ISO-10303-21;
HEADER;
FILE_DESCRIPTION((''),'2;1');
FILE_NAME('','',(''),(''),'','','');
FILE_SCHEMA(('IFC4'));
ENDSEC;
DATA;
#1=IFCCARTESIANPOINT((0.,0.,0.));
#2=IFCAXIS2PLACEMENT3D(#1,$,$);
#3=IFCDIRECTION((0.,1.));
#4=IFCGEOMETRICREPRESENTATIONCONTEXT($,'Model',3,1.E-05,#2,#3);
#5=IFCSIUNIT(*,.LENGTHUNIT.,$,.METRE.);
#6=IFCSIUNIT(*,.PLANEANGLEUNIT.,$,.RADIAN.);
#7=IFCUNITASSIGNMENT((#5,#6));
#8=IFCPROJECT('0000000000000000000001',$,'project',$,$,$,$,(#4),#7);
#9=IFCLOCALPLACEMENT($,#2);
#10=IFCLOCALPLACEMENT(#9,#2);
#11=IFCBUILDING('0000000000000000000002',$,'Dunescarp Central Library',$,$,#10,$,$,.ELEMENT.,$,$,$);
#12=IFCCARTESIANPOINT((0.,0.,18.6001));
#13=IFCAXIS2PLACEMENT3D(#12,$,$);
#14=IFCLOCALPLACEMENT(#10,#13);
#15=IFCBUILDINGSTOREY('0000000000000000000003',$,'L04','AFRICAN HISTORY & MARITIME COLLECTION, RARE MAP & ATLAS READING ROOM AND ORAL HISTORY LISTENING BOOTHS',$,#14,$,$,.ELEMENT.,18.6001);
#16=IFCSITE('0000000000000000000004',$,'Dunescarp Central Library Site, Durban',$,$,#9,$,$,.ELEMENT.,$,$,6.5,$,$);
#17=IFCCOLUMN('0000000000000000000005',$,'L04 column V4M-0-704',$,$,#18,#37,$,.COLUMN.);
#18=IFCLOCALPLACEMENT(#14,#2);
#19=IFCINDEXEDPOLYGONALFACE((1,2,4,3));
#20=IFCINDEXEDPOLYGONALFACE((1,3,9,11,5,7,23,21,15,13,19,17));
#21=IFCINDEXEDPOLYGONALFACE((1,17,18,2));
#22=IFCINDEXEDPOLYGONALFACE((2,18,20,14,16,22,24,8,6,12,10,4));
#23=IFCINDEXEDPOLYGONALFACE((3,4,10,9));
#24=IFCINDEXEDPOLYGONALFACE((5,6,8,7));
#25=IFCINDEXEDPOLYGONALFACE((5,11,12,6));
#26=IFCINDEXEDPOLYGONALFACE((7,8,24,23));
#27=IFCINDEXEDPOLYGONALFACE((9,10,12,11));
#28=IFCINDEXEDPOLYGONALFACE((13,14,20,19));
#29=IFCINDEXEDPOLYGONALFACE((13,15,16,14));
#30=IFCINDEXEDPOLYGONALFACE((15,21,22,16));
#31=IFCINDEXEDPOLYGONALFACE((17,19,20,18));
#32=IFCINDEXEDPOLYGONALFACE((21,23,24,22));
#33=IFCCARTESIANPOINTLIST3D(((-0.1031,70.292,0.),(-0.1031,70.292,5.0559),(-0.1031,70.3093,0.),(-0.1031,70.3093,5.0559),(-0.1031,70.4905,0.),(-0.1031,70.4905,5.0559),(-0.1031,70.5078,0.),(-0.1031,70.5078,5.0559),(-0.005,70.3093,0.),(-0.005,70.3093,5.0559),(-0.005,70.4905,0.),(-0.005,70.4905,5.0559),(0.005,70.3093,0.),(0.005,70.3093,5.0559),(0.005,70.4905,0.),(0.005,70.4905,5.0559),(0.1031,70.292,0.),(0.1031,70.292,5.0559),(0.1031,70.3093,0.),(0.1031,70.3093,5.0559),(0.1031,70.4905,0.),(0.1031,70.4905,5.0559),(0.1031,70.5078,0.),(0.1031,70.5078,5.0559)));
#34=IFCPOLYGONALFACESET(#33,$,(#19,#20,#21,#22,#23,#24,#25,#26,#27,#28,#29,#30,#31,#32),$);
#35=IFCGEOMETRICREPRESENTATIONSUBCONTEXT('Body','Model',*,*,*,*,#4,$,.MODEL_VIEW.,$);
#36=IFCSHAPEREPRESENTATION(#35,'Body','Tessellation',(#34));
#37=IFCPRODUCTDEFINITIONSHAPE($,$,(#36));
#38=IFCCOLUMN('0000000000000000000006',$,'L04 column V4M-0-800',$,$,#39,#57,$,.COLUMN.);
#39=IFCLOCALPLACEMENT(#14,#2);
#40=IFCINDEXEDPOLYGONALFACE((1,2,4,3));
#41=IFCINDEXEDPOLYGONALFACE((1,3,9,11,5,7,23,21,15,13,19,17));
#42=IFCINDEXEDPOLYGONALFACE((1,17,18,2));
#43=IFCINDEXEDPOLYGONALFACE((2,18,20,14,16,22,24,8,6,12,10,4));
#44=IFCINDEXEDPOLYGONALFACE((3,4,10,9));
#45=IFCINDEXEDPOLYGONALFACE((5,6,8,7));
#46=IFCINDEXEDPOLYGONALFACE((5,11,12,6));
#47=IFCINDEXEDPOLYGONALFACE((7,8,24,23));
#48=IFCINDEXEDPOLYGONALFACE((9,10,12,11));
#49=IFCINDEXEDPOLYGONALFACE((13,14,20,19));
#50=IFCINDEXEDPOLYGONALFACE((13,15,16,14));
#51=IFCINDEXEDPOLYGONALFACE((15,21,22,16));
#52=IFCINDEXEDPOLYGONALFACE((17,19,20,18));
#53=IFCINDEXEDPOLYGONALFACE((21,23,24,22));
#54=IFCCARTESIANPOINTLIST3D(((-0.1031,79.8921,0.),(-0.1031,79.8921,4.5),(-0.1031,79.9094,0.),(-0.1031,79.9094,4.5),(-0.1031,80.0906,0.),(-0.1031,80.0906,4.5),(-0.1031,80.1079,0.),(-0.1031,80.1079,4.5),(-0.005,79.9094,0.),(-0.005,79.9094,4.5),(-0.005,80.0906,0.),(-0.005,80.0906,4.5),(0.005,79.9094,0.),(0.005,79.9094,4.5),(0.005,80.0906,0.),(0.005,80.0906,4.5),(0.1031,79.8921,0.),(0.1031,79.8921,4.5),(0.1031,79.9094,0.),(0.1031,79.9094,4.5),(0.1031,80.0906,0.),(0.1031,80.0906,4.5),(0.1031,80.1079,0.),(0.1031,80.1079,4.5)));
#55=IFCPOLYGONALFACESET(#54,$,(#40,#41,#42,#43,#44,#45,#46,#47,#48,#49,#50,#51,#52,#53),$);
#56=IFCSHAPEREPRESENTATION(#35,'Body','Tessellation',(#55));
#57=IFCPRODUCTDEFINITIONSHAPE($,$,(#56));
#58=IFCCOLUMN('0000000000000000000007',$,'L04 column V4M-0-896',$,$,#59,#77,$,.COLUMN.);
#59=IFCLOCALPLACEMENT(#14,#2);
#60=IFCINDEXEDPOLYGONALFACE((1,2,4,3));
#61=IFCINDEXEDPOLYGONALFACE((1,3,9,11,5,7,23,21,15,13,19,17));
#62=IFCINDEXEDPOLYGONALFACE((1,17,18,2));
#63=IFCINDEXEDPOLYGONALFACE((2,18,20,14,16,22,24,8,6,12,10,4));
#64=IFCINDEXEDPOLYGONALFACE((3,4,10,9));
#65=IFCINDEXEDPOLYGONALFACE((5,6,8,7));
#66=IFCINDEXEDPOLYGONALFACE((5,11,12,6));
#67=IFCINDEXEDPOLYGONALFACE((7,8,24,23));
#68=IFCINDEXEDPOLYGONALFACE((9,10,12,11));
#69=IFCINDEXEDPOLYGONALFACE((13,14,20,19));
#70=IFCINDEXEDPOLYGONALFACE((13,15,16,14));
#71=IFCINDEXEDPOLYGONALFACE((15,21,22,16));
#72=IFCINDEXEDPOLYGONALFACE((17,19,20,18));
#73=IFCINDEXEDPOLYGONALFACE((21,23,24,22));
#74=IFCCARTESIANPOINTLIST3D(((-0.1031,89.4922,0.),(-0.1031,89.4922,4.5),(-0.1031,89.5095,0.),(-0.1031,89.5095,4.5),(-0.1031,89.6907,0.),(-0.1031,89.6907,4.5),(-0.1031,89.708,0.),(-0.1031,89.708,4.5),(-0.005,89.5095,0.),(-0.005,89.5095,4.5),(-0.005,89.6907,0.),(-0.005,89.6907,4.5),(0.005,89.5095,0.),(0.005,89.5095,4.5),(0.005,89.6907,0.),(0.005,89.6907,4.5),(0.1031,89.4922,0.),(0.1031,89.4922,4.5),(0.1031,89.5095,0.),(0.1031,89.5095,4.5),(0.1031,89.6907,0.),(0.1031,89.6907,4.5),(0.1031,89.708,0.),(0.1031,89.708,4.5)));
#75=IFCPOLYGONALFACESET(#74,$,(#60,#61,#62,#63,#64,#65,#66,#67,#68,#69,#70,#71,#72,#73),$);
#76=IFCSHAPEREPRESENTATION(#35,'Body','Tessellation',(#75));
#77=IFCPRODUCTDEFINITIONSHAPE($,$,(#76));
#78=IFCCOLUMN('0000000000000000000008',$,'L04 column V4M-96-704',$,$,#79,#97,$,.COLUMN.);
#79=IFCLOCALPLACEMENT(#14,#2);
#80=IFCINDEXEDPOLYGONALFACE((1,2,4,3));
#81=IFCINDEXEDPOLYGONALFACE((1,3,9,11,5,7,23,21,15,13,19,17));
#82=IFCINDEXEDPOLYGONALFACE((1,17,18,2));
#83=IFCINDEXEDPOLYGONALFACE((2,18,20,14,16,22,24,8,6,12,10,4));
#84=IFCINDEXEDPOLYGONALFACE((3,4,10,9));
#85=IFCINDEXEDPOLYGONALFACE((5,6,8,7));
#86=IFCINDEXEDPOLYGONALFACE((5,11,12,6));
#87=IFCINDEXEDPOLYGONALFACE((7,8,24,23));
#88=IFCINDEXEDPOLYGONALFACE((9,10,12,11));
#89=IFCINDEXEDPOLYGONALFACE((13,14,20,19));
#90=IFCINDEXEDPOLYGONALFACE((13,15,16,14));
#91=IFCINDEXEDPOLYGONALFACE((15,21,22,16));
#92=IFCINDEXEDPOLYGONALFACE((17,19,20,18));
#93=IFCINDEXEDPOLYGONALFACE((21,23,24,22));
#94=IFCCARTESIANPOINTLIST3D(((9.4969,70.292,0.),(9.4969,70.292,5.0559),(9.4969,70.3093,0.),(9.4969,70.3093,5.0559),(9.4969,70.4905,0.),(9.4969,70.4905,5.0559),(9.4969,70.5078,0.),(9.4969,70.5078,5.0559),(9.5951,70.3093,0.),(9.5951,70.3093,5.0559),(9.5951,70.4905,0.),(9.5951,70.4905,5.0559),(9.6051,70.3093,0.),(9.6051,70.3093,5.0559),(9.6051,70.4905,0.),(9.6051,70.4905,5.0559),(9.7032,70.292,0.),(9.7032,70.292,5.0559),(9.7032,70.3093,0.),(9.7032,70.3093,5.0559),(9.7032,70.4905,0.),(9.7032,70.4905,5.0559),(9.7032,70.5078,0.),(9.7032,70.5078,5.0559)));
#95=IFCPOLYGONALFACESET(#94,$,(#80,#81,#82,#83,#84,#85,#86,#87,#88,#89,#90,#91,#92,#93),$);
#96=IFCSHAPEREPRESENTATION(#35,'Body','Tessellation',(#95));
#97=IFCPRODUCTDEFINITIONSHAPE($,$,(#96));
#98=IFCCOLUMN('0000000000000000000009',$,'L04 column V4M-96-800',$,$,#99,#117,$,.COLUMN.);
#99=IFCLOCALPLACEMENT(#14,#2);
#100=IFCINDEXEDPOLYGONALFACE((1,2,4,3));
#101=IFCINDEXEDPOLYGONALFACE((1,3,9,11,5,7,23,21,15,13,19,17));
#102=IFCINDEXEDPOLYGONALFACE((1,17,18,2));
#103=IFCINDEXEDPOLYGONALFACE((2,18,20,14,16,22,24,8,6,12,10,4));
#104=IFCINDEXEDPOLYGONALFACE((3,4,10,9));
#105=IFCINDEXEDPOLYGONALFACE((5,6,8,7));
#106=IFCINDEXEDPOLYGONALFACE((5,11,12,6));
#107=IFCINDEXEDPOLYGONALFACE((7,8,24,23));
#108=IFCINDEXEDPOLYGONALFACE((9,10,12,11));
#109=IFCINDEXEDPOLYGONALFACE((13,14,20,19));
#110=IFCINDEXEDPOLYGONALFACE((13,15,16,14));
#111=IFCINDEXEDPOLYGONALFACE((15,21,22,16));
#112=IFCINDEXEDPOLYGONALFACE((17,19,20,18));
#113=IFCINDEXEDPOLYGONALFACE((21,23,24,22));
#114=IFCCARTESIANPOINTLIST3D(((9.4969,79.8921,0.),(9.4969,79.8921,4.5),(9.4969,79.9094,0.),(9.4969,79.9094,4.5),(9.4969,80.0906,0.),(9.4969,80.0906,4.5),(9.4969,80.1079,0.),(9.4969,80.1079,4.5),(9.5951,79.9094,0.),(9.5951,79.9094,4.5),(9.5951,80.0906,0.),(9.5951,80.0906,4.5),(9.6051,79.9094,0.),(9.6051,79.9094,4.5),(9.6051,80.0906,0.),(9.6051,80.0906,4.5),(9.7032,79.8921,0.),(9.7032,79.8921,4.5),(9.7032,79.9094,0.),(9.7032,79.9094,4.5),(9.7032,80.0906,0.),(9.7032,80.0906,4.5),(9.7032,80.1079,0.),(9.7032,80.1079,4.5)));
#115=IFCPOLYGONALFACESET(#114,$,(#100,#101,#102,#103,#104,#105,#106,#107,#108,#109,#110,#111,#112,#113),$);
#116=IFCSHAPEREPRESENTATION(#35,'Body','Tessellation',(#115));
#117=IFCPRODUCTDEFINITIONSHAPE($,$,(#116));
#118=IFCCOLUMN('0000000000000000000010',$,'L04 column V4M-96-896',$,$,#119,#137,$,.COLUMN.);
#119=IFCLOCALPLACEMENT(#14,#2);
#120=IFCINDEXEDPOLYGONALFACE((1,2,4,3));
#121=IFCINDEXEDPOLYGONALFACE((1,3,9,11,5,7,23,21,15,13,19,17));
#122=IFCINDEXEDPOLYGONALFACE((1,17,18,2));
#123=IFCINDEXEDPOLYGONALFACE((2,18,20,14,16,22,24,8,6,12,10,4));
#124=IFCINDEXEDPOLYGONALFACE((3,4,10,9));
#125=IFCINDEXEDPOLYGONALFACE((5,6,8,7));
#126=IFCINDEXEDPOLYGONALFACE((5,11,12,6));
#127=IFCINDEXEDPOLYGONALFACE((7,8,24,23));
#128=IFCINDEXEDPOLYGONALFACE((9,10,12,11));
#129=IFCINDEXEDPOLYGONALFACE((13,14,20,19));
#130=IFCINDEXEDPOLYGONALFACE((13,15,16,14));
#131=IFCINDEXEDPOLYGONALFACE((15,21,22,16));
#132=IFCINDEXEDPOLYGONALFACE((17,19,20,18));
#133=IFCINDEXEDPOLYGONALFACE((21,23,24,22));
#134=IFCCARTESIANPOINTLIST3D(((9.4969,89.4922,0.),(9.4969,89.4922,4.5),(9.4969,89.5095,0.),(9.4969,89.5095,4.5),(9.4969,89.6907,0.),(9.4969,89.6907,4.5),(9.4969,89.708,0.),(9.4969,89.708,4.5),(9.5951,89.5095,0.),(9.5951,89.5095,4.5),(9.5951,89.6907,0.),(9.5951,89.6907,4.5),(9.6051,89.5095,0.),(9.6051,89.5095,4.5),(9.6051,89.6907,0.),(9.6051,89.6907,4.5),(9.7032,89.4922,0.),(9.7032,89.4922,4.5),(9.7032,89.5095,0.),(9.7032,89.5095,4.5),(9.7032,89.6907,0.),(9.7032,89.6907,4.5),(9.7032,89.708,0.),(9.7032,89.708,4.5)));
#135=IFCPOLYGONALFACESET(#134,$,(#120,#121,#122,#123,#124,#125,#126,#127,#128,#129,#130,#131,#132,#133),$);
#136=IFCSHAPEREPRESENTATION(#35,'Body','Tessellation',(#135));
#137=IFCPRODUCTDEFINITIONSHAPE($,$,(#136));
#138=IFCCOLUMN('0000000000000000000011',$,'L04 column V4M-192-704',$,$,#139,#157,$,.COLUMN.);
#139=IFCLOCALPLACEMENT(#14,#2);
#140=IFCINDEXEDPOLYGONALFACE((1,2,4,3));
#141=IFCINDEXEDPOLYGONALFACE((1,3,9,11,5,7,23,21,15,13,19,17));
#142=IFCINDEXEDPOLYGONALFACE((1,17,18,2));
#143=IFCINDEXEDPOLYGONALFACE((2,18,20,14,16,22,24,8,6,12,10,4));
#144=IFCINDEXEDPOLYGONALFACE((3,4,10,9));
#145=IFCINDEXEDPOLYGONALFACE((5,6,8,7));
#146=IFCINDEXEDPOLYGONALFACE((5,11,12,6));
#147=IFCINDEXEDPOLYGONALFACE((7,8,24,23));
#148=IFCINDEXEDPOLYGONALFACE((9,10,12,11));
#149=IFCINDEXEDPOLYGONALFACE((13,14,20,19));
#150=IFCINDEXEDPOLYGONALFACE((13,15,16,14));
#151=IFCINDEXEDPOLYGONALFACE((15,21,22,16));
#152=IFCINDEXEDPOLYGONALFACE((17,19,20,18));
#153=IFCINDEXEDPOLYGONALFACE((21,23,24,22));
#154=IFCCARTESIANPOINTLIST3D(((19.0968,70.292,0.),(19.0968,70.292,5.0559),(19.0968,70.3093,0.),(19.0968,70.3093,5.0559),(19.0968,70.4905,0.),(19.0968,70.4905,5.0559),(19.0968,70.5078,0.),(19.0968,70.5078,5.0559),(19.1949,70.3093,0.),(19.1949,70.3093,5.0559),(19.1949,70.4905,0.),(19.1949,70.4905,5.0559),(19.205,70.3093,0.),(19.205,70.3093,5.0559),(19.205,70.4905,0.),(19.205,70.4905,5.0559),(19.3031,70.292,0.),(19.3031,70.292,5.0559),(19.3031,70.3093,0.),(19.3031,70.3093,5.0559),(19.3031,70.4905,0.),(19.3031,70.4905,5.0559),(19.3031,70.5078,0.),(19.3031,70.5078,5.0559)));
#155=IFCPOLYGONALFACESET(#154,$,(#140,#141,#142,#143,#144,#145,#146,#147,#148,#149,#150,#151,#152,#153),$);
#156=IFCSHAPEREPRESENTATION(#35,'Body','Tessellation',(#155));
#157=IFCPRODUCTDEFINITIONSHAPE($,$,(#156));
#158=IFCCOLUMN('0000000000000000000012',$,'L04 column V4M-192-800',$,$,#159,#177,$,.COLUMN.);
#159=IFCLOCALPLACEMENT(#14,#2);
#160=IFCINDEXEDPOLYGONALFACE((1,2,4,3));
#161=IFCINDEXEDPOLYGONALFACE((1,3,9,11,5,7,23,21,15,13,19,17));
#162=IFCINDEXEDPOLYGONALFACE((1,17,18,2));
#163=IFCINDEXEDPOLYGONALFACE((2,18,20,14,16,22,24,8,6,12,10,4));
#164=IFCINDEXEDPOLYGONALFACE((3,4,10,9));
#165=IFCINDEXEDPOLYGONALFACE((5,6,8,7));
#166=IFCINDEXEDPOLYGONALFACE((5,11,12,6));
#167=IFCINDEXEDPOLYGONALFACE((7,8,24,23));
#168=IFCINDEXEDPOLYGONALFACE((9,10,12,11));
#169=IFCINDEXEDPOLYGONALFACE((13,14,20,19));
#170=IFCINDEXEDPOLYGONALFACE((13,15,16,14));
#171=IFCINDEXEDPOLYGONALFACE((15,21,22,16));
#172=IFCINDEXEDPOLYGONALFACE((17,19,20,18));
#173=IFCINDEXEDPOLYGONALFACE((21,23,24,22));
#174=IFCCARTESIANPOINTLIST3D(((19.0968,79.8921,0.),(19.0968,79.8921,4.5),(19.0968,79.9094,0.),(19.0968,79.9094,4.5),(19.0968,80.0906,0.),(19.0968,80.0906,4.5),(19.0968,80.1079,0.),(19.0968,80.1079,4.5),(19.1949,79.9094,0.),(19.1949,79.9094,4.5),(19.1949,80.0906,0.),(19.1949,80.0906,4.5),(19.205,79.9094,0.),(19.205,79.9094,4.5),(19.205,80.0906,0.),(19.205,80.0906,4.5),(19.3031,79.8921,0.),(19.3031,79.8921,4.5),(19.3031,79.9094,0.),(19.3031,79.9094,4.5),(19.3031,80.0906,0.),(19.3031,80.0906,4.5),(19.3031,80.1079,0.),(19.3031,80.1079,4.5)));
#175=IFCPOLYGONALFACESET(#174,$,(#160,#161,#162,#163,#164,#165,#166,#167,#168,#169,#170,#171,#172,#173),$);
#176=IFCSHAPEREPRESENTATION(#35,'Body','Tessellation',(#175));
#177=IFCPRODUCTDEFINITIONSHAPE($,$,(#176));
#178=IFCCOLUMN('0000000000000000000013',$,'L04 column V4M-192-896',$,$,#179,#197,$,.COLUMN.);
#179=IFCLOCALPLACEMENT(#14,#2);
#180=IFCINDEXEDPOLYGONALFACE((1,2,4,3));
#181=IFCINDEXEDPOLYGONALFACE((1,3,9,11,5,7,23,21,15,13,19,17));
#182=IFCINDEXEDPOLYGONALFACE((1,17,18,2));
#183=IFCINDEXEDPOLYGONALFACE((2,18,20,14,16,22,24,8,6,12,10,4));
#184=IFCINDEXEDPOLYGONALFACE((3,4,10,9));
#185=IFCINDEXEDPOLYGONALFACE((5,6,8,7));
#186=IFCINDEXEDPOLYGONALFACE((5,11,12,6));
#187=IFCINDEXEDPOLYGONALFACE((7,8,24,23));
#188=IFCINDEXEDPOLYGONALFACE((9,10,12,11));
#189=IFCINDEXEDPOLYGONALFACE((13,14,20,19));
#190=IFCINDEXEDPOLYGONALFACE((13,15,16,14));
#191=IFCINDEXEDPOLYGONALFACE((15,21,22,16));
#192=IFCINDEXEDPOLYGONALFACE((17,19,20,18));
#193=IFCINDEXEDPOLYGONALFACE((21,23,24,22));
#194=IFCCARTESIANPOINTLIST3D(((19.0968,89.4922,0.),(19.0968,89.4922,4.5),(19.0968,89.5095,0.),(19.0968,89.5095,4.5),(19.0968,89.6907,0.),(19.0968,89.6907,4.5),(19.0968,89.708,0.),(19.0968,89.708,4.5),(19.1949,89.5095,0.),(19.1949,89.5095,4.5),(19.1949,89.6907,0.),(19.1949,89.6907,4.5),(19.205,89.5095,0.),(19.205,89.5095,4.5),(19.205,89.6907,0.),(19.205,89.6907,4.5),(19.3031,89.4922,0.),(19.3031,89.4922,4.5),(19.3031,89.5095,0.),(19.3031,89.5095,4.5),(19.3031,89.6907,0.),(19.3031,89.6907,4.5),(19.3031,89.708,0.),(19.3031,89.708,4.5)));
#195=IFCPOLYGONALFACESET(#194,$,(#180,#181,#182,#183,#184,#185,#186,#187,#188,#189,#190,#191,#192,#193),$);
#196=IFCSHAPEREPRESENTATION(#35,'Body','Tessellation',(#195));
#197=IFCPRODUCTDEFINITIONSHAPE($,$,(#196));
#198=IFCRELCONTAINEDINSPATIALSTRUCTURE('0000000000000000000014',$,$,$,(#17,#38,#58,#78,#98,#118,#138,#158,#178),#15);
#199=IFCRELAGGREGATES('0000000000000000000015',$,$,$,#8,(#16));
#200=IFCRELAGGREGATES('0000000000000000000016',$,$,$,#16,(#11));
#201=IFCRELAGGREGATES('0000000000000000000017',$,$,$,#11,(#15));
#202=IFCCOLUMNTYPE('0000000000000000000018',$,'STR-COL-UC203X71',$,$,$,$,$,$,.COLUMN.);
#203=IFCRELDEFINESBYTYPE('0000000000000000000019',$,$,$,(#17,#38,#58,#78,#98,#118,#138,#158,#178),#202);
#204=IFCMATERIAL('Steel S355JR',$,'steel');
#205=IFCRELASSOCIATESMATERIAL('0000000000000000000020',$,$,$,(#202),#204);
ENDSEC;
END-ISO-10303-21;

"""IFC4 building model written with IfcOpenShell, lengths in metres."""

from ifc_helpers import new_model, si_unit, direction, frame, origin, origin_2d, place, context, subcontext, project, spatial, i_section, extrude, material, material_profile, profile_set, type_object, element, save


model = new_model("IFC4")

# Units and contexts
model_context = context("Model", 3, precision=1e-05, world=origin(), true_north=direction((0.0, 1.0)))
body_context = subcontext(model_context, "Body", "Model", "MODEL_VIEW")
ifc_project = project(units=[si_unit("LENGTHUNIT", "METRE"), si_unit("PLANEANGLEUNIT", "RADIAN")], contexts=[model_context])

# Site, building, storey
site_placement = place(None, origin())
site = spatial("IfcSite", under=ifc_project, at=site_placement, Name="Dunescarp Central Library Site, Durban", CompositionType="ELEMENT", RefElevation=6.5)
building_placement = place(site_placement, origin())
building = spatial("IfcBuilding", under=site, at=building_placement, Name="Dunescarp Central Library", CompositionType="ELEMENT")
storey_placement = place(building_placement, frame((0.0, 0.0, 18.6001)))
storey = spatial("IfcBuildingStorey", under=building, at=storey_placement, Name="L04", Description="AFRICAN HISTORY & MARITIME COLLECTION, RARE MAP & ATLAS READING ROOM AND ORAL HISTORY LISTENING BOOTHS", CompositionType="ELEMENT", Elevation=18.6001)

# Columns
ifc_material = material(Name="Steel S355JR", Category="steel")
ifc_material_profile_1 = material_profile(ifc_material, i_section(OverallWidth=0.2063, OverallDepth=0.2158, WebThickness=0.01, FlangeThickness=0.0173, at=origin_2d()), Name="UC 203x203x71")
ifc_profile_set_1 = profile_set([ifc_material_profile_1], Name="Steel S355JR")
column_type_1 = type_object("IfcColumnType", Name="STR-COL-UC203X71", PredefinedType="COLUMN", material=ifc_profile_set_1)
column_1_placement = place(storey_placement, frame((0.0, 70.3999, 0.0), z_axis=(0.0, 0.0, 1.0), x_axis=(1.0, 0.0, 0.0)))
element("IfcColumn", 1, at=column_1_placement, inside=storey, type_object=column_type_1, Name="L04 column V4M-0-704", PredefinedType="COLUMN", context=body_context, shape_type="SweptSolid", body=[
    extrude(i_section(OverallWidth=0.2063, OverallDepth=0.2158, WebThickness=0.01, FlangeThickness=0.0173, at=origin_2d()), origin(), (0.0, 0.0, 1.0), 5.0559),
])
for number, where, z_axis, x_axis, name in (
    (2, (0.0, 80.0, 0.0), (0.0, 0.0, 1.0), (1.0, 0.0, 0.0), "L04 column V4M-0-800"),
    (3, (0.0, 89.6001, 0.0), (0.0, 0.0, 1.0), (1.0, 0.0, 0.0), "L04 column V4M-0-896"),
):
    element("IfcColumn", number, at=place(storey_placement, frame(where, z_axis=z_axis, x_axis=x_axis)), inside=storey, type_object=column_type_1, Name=name, PredefinedType="COLUMN", context=body_context, shape_type="SweptSolid", body=[
        extrude(i_section(OverallWidth=0.2063, OverallDepth=0.2158, WebThickness=0.01, FlangeThickness=0.0173, at=origin_2d()), origin(), (0.0, 0.0, 1.0), 4.5),
    ])
column_2_placement = place(storey_placement, frame((9.6001, 70.3999, 0.0), z_axis=(0.0, 0.0, 1.0), x_axis=(1.0, 0.0, 0.0)))
element("IfcColumn", 4, at=column_2_placement, inside=storey, type_object=column_type_1, Name="L04 column V4M-96-704", PredefinedType="COLUMN", context=body_context, shape_type="SweptSolid", body=[
    extrude(i_section(OverallWidth=0.2063, OverallDepth=0.2158, WebThickness=0.01, FlangeThickness=0.0173, at=origin_2d()), origin(), (0.0, 0.0, 1.0), 5.0559),
])
for number, where, z_axis, x_axis, name in (
    (5, (9.6001, 80.0, 0.0), (0.0, 0.0, 1.0), (1.0, 0.0, 0.0), "L04 column V4M-96-800"),
    (6, (9.6001, 89.6001, 0.0), (0.0, 0.0, 1.0), (1.0, 0.0, 0.0), "L04 column V4M-96-896"),
):
    element("IfcColumn", number, at=place(storey_placement, frame(where, z_axis=z_axis, x_axis=x_axis)), inside=storey, type_object=column_type_1, Name=name, PredefinedType="COLUMN", context=body_context, shape_type="SweptSolid", body=[
        extrude(i_section(OverallWidth=0.2063, OverallDepth=0.2158, WebThickness=0.01, FlangeThickness=0.0173, at=origin_2d()), origin(), (0.0, 0.0, 1.0), 4.5),
    ])
column_3_placement = place(storey_placement, frame((19.2, 70.3999, 0.0), z_axis=(0.0, 0.0, 1.0), x_axis=(1.0, 0.0, 0.0)))
element("IfcColumn", 7, at=column_3_placement, inside=storey, type_object=column_type_1, Name="L04 column V4M-192-704", PredefinedType="COLUMN", context=body_context, shape_type="SweptSolid", body=[
    extrude(i_section(OverallWidth=0.2063, OverallDepth=0.2158, WebThickness=0.01, FlangeThickness=0.0173, at=origin_2d()), origin(), (0.0, 0.0, 1.0), 5.0559),
])
for number, where, z_axis, x_axis, name in (
    (8, (19.2, 80.0, 0.0), (0.0, 0.0, 1.0), (1.0, 0.0, 0.0), "L04 column V4M-192-800"),
    (9, (19.2, 89.6001, 0.0), (0.0, 0.0, 1.0), (1.0, 0.0, 0.0), "L04 column V4M-192-896"),
):
    element("IfcColumn", number, at=place(storey_placement, frame(where, z_axis=z_axis, x_axis=x_axis)), inside=storey, type_object=column_type_1, Name=name, PredefinedType="COLUMN", context=body_context, shape_type="SweptSolid", body=[
        extrude(i_section(OverallWidth=0.2063, OverallDepth=0.2158, WebThickness=0.01, FlangeThickness=0.0173, at=origin_2d()), origin(), (0.0, 0.0, 1.0), 4.5),
    ])

save(model, "model.ifc")
